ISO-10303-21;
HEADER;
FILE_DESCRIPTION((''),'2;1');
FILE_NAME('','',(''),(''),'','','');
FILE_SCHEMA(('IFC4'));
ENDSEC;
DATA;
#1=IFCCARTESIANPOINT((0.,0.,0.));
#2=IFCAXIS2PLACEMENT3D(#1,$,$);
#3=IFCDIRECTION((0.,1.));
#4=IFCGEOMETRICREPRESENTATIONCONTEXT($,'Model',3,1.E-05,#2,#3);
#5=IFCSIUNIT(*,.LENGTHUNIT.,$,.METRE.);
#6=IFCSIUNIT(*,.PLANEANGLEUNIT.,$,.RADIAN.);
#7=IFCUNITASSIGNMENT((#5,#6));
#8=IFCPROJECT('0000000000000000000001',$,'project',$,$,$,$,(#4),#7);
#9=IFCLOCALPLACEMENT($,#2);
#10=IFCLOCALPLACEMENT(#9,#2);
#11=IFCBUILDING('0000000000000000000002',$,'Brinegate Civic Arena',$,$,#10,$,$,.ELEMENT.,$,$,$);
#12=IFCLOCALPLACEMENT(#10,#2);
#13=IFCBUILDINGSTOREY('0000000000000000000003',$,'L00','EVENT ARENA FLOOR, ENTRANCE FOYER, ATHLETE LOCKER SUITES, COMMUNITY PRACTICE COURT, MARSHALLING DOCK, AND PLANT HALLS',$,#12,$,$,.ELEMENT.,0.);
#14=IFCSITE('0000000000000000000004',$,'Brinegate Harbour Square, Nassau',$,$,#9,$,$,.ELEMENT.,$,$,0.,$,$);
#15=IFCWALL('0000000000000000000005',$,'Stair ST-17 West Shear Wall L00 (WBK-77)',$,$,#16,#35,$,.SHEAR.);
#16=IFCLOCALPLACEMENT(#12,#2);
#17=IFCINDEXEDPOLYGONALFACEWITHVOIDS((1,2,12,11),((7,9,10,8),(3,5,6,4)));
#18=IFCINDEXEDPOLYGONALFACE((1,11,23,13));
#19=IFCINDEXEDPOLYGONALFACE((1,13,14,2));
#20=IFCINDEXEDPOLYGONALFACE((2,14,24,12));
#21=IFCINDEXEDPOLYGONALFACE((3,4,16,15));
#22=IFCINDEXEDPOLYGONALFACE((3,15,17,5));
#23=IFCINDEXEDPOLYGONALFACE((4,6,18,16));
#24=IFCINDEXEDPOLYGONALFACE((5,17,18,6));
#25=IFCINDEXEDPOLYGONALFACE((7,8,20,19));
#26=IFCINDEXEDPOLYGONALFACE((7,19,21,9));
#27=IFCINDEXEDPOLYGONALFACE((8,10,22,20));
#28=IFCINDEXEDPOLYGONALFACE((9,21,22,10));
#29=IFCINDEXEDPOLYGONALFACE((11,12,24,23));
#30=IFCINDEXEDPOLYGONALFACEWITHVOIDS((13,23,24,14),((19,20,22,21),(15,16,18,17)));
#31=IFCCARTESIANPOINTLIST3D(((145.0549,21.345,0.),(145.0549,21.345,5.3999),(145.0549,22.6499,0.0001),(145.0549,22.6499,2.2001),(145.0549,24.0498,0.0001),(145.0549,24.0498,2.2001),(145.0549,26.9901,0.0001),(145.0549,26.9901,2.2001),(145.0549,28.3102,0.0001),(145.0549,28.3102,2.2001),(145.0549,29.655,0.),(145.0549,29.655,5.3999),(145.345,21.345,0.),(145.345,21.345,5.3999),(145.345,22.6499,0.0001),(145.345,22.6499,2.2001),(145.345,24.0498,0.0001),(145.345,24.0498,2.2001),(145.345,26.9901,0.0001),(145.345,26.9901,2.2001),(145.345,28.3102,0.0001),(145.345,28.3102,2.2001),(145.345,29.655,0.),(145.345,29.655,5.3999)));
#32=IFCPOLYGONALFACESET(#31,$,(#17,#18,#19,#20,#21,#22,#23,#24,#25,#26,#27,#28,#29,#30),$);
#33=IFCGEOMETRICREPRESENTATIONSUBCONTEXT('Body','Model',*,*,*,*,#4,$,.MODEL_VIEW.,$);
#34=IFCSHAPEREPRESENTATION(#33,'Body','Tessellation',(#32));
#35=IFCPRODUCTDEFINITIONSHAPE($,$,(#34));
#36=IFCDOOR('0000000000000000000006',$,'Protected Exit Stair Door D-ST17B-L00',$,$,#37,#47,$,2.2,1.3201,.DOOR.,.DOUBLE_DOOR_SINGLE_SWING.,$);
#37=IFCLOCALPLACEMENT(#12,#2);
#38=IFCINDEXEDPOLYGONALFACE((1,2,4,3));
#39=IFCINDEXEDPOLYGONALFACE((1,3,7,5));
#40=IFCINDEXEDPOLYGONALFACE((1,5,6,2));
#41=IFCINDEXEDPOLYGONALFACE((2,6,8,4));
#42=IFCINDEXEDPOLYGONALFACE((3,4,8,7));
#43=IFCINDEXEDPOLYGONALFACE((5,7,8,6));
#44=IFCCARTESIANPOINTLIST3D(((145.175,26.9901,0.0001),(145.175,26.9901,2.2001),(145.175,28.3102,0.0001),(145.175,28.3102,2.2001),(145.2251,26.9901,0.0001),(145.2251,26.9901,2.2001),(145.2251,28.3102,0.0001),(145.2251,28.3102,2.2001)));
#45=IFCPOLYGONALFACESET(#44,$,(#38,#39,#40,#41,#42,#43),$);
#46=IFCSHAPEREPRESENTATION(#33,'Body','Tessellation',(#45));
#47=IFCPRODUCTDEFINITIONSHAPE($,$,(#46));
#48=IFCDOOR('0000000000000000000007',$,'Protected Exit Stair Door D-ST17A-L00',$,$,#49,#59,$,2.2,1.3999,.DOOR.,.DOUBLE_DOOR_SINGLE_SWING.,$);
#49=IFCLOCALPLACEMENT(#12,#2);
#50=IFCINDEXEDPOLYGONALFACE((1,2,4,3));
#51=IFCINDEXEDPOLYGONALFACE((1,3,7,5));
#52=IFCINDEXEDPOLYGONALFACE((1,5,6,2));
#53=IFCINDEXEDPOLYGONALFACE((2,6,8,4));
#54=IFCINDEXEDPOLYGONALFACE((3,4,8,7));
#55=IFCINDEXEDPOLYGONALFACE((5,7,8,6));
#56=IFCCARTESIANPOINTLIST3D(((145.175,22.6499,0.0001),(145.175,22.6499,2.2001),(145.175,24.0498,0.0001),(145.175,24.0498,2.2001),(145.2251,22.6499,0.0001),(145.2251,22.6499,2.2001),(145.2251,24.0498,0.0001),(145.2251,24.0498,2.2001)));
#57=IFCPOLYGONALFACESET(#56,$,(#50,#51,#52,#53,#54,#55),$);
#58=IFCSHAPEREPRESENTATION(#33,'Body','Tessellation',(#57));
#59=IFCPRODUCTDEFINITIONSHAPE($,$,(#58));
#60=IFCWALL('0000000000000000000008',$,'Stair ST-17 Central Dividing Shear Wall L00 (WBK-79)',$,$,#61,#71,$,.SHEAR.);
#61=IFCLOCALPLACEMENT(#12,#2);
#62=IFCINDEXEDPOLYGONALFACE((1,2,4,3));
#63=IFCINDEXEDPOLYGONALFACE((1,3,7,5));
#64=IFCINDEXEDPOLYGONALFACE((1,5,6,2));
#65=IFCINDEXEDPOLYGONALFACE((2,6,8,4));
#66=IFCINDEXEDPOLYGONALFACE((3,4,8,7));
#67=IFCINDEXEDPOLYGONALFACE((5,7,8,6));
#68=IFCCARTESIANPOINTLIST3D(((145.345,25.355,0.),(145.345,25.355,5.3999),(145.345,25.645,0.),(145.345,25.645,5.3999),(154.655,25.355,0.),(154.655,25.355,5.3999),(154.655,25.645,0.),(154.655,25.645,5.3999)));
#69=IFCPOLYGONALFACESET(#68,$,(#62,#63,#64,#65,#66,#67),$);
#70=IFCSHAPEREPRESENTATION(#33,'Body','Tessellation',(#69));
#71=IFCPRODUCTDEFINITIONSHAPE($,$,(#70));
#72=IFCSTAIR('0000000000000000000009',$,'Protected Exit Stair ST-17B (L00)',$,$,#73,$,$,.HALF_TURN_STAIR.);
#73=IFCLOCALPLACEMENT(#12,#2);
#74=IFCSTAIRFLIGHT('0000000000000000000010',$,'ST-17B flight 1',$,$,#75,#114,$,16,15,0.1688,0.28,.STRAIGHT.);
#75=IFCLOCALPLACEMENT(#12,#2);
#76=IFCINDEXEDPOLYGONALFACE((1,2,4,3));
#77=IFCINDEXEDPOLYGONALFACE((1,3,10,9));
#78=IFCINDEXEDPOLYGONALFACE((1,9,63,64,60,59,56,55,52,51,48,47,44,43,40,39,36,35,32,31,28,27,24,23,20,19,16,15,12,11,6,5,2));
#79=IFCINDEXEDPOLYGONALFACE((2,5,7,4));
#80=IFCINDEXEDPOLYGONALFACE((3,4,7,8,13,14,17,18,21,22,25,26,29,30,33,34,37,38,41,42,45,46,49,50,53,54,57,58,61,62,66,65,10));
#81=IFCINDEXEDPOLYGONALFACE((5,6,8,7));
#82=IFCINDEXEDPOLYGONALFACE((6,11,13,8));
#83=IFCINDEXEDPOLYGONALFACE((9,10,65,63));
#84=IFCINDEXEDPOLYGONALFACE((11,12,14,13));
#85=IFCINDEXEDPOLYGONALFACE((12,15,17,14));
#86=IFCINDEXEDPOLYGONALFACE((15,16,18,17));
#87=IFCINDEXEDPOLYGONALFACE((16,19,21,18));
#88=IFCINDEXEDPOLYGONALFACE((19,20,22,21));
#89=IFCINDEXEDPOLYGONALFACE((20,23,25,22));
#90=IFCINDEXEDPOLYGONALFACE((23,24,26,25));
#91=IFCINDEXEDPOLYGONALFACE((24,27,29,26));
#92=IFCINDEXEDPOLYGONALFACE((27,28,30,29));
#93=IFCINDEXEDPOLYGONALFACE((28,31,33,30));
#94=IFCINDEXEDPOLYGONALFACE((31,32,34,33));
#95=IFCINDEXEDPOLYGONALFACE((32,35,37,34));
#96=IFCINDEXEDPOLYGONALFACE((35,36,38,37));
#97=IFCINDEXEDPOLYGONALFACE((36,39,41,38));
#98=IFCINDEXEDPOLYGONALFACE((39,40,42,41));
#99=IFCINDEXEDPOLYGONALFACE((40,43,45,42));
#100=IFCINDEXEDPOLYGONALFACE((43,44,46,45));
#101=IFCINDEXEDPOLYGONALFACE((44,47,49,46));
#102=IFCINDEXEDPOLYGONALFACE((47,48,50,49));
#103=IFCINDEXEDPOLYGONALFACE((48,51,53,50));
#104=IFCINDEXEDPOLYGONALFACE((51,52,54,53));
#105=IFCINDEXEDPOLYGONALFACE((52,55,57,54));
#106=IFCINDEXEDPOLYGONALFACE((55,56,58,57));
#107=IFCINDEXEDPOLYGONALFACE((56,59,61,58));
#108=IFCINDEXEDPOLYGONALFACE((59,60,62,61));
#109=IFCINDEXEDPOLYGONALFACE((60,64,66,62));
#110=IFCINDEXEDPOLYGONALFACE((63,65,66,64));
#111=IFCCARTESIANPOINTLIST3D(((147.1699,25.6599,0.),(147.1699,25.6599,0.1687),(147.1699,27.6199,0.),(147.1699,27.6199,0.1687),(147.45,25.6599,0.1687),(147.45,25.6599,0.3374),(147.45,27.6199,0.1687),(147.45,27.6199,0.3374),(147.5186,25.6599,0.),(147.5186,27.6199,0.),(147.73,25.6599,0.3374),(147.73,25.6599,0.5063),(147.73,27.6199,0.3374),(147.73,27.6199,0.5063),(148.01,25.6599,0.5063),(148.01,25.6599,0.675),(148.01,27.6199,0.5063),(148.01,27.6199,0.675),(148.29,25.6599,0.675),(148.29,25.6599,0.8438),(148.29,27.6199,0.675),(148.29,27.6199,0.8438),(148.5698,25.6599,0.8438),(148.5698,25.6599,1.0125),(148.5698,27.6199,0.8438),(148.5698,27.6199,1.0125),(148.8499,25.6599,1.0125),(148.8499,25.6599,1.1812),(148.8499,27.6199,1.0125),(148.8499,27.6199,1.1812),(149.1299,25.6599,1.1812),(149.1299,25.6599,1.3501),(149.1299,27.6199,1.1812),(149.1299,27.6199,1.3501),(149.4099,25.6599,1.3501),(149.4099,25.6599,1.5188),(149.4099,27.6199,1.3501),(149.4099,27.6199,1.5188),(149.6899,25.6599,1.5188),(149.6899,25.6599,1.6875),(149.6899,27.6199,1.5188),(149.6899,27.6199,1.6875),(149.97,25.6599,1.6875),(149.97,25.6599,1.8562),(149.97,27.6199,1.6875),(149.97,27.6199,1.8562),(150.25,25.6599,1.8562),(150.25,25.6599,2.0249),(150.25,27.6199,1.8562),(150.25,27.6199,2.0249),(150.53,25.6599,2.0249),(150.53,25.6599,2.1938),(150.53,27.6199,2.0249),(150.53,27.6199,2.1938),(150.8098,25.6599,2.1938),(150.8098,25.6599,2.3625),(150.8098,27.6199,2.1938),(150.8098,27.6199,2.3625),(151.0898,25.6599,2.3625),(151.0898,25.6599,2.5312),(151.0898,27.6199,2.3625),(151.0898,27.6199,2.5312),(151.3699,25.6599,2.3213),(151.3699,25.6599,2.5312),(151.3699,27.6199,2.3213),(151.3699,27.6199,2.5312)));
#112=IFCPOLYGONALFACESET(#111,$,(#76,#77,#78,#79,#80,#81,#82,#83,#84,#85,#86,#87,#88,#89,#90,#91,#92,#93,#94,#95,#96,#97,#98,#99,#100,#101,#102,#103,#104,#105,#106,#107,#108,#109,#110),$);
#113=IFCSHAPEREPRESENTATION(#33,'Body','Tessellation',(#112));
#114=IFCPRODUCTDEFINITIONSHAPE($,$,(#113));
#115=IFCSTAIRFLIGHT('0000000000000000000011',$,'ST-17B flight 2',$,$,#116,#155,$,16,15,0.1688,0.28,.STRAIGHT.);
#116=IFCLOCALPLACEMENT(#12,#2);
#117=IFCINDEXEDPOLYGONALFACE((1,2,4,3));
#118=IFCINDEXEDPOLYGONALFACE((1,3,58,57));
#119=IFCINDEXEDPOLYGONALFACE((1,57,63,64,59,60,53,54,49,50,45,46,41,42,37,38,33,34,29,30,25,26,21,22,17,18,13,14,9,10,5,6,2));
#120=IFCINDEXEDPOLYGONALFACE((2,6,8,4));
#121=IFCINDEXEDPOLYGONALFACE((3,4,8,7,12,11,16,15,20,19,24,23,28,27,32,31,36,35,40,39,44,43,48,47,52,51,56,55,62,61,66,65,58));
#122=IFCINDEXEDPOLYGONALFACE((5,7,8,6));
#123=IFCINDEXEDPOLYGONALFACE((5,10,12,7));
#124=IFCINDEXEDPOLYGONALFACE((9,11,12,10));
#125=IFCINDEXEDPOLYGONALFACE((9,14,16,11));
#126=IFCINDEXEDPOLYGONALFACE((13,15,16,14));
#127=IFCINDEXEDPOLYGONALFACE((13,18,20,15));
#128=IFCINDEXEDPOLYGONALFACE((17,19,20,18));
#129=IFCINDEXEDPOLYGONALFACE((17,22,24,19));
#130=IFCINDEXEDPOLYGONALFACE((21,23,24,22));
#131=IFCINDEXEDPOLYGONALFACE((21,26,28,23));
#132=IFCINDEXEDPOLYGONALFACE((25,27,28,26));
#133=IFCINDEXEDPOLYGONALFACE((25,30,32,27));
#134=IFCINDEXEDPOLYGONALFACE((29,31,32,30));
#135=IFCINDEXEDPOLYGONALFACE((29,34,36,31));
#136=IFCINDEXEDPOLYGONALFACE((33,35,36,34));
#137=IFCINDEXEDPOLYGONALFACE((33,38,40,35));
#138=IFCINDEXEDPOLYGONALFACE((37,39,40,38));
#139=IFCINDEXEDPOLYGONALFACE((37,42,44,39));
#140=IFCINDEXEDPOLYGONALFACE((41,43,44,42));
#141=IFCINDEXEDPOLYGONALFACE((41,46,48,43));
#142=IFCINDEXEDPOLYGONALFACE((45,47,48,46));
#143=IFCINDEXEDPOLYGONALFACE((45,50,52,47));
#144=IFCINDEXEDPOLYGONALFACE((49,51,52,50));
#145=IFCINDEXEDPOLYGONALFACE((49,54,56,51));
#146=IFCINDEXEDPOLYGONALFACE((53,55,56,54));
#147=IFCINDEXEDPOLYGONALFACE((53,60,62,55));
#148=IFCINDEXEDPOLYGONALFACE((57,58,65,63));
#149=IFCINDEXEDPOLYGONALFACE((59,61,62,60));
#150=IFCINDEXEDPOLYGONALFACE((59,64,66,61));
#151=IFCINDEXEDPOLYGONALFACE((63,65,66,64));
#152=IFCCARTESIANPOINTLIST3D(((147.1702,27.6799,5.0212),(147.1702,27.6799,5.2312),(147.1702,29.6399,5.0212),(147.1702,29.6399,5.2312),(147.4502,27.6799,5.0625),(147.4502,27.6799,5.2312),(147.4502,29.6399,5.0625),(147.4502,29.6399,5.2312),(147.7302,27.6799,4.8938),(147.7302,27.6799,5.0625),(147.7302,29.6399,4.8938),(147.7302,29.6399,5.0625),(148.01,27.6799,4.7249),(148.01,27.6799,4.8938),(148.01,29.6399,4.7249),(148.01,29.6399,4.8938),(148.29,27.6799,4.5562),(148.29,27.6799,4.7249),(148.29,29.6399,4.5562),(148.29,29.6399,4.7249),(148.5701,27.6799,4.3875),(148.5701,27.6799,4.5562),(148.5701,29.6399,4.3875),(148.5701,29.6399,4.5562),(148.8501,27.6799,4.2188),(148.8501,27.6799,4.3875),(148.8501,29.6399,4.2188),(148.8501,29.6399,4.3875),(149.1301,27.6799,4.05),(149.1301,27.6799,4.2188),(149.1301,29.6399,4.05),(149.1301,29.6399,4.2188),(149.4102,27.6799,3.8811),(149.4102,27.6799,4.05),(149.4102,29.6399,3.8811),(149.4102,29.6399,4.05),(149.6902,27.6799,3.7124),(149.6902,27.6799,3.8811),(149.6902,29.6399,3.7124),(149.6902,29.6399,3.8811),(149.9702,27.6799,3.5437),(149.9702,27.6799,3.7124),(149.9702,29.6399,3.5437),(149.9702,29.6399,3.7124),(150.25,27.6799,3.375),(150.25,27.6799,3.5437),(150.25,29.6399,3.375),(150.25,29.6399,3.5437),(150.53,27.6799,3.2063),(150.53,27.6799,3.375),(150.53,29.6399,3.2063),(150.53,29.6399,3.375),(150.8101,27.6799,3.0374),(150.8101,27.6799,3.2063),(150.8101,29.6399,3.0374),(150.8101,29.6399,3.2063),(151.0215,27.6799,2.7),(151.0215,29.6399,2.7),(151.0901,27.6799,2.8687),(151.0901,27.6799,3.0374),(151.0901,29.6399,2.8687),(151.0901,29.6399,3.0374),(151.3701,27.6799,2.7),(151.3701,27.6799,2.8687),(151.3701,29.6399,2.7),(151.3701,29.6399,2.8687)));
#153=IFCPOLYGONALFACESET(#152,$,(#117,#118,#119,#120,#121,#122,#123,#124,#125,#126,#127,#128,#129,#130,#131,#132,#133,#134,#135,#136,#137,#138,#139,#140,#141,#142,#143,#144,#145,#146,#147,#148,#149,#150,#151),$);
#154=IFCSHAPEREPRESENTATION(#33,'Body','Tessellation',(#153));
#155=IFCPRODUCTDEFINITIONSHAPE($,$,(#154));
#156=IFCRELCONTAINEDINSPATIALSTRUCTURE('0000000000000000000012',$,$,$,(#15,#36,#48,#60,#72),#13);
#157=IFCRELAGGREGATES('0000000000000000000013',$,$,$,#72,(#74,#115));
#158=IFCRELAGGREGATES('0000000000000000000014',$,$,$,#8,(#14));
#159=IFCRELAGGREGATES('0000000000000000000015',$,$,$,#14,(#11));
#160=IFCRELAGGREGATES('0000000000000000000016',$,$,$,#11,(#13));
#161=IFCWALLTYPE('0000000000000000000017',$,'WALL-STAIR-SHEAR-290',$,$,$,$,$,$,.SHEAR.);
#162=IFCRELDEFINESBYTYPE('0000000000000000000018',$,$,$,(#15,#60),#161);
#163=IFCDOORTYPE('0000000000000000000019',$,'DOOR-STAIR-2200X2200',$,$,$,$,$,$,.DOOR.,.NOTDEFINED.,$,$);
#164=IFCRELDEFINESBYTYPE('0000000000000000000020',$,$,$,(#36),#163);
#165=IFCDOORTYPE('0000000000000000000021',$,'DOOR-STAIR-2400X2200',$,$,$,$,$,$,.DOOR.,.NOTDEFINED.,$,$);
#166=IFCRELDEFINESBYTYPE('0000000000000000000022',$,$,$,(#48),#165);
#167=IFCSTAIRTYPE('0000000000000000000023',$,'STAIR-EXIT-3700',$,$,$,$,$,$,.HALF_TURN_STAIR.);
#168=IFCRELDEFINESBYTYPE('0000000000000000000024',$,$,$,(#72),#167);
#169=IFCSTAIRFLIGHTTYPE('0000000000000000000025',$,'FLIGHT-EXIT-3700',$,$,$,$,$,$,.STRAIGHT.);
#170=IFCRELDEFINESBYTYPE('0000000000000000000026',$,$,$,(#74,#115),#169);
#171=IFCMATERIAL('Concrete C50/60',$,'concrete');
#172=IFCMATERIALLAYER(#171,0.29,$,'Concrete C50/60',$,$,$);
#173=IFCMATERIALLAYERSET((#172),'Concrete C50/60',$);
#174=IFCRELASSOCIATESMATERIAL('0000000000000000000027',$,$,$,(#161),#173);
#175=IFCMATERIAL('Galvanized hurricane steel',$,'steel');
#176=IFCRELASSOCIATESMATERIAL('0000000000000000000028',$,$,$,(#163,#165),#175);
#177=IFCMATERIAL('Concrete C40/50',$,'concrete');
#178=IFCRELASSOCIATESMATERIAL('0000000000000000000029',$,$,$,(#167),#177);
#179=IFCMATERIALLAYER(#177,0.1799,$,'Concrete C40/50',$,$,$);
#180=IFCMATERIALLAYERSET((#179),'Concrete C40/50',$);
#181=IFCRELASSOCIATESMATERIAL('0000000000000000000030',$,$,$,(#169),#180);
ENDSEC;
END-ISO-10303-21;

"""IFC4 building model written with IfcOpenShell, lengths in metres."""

from ifc_helpers import new_model, si_unit, direction, frame, frame_2d, origin, place, context, subcontext, project, spatial, polyline, rectangle, outline, extrude, material, layer, layer_set, type_object, element, fill, aggregate, save


model = new_model("IFC4")

# Units and contexts
model_context = context("Model", 3, precision=1e-05, world=origin(), true_north=direction((0.0, 1.0)))
body_context = subcontext(model_context, "Body", "Model", "MODEL_VIEW")
ifc_project = project(units=[si_unit("LENGTHUNIT", "METRE"), si_unit("PLANEANGLEUNIT", "RADIAN")], contexts=[model_context])

# Site, building, storey
site_placement = place(None, origin())
site = spatial("IfcSite", under=ifc_project, at=site_placement, Name="Brinegate Harbour Square, Nassau", CompositionType="ELEMENT", RefElevation=0.0)
building_placement = place(site_placement, origin())
building = spatial("IfcBuilding", under=site, at=building_placement, Name="Brinegate Civic Arena", CompositionType="ELEMENT")
storey_placement = place(building_placement, origin())
storey = spatial("IfcBuildingStorey", under=building, at=storey_placement, Name="L00", Description="EVENT ARENA FLOOR, ENTRANCE FOYER, ATHLETE LOCKER SUITES, COMMUNITY PRACTICE COURT, MARSHALLING DOCK, AND PLANT HALLS", CompositionType="ELEMENT", Elevation=0.0)

# Shared definitions
ifc_material_1 = material(Name="Concrete C40/50", Category="concrete")

# Shared definitions
ifc_material_2 = material(Name="Concrete C50/60", Category="concrete")

# Shared definitions
ifc_layer_1 = layer(ifc_material_2, 0.29, Name="Concrete C50/60")
ifc_layer_set_1 = layer_set([ifc_layer_1], Name="Concrete C50/60")
wall_type = type_object("IfcWallType", Name="WALL-STAIR-SHEAR-290", PredefinedType="SHEAR", material=ifc_layer_set_1)

# Wall, openings, doors
wall_1_placement = place(storey_placement, frame((145.2, 21.345, 0.0), z_axis=(0.0, 0.0, 1.0), x_axis=(0.0, 1.0, 0.0)))
wall_1 = element("IfcWall", 1, at=wall_1_placement, inside=storey, type_object=wall_type, Name="Stair ST-17 West Shear Wall L00 (WBK-77)", PredefinedType="SHEAR", context=body_context, shape_type="SweptSolid", body=[
    extrude(rectangle(XDim=8.3101, YDim=0.29, at=frame_2d((4.155, 0.0))), origin(), (0.0, 0.0, 1.0), 5.3999),
])
opening_1_placement = place(wall_1_placement, frame((1.3049, 0.0, 0.0)))
opening_1 = element("IfcOpeningElement", 2, at=opening_1_placement, cuts=wall_1, PredefinedType="OPENING", context=body_context, shape_type="SweptSolid", body=[
    extrude(rectangle(XDim=1.3999, YDim=2.2, at=frame_2d((0.7, 1.1001))), frame((0.0, 0.155, 0.0), z_axis=(0.0, -1.0, 0.0), x_axis=(1.0, 0.0, 0.0)), (0.0, 0.0, 1.0), 0.3101),
])
opening_2_placement = place(wall_1_placement, frame((5.645, 0.0, 0.0)))
opening_2 = element("IfcOpeningElement", 3, at=opening_2_placement, cuts=wall_1, PredefinedType="OPENING", context=body_context, shape_type="SweptSolid", body=[
    extrude(rectangle(XDim=1.3201, YDim=2.2, at=frame_2d((0.6602, 1.1001))), frame((0.0, 0.155, 0.0), z_axis=(0.0, -1.0, 0.0), x_axis=(1.0, 0.0, 0.0)), (0.0, 0.0, 1.0), 0.3101),
])
ifc_material_3 = material(Name="Galvanized hurricane steel", Category="steel")
door_type_1 = type_object("IfcDoorType", Name="DOOR-STAIR-2200X2200", OperationType="NOTDEFINED", PredefinedType="DOOR", material=ifc_material_3)
door_1_placement = place(opening_2_placement, origin())
door_1 = element("IfcDoor", 4, at=door_1_placement, inside=storey, type_object=door_type_1, Name="Protected Exit Stair Door D-ST17B-L00", OperationType="DOUBLE_DOOR_SINGLE_SWING", OverallHeight=2.2, OverallWidth=1.3201, PredefinedType="DOOR", context=body_context, shape_type="SweptSolid", body=[
    extrude(rectangle(XDim=1.3201, YDim=2.2, at=frame_2d((0.6602, 1.1001))), frame((0.0, 0.0249, 0.0), z_axis=(0.0, -1.0, 0.0), x_axis=(1.0, 0.0, 0.0)), (0.0, 0.0, 1.0), 0.05),
])
fill(opening_2, door_1)
door_type_2 = type_object("IfcDoorType", Name="DOOR-STAIR-2400X2200", OperationType="NOTDEFINED", PredefinedType="DOOR", material=ifc_material_3)
door_2_placement = place(opening_1_placement, origin())
door_2 = element("IfcDoor", 5, at=door_2_placement, inside=storey, type_object=door_type_2, Name="Protected Exit Stair Door D-ST17A-L00", OperationType="DOUBLE_DOOR_SINGLE_SWING", OverallHeight=2.2, OverallWidth=1.3999, PredefinedType="DOOR", context=body_context, shape_type="SweptSolid", body=[
    extrude(rectangle(XDim=1.3999, YDim=2.2, at=frame_2d((0.7, 1.1001))), frame((0.0, 0.0249, 0.0), z_axis=(0.0, -1.0, 0.0), x_axis=(1.0, 0.0, 0.0)), (0.0, 0.0, 1.0), 0.05),
])
fill(opening_1, door_2)

# Wall
wall_2_placement = place(storey_placement, frame((145.345, 25.5, 0.0), z_axis=(0.0, 0.0, 1.0), x_axis=(1.0, 0.0, 0.0)))
element("IfcWall", 6, at=wall_2_placement, inside=storey, type_object=wall_type, Name="Stair ST-17 Central Dividing Shear Wall L00 (WBK-79)", PredefinedType="SHEAR", context=body_context, shape_type="SweptSolid", body=[
    extrude(rectangle(XDim=9.3101, YDim=0.29, at=frame_2d((4.655, 0.0))), origin(), (0.0, 0.0, 1.0), 5.3999),
])

# Stair, stair flights
stair_type_1 = type_object("IfcStairType", Name="STAIR-EXIT-3700", PredefinedType="HALF_TURN_STAIR", material=ifc_material_1)
stair_1_placement = place(storey_placement, origin())
stair_1 = element("IfcStair", 7, at=stair_1_placement, inside=storey, type_object=stair_type_1, Name="Protected Exit Stair ST-17B (L00)", PredefinedType="HALF_TURN_STAIR")
ifc_layer_2 = layer(ifc_material_1, 0.1799, Name="Concrete C40/50")
ifc_layer_set_2 = layer_set([ifc_layer_2], Name="Concrete C40/50")
stair_flight_type_1 = type_object("IfcStairFlightType", Name="FLIGHT-EXIT-3700", PredefinedType="STRAIGHT", material=ifc_layer_set_2)
stair_flight_1_placement = place(storey_placement, frame((147.1699, 26.6399, 0.0), z_axis=(0.0, 0.0, 1.0), x_axis=(1.0, 0.0, 0.0)))
stair_flight_1 = element("IfcStairFlight", 8, at=stair_flight_1_placement, type_object=stair_flight_type_1, Name="ST-17B flight 1", NumberOfRisers=16, NumberOfTreads=15, PredefinedType="STRAIGHT", RiserHeight=0.1688, TreadLength=0.28, context=body_context, shape_type="SweptSolid", body=[
    extrude(outline(polyline([(0.0, 0.0), (0.0, 0.1687), (0.28, 0.1687), (0.28, 0.3374), (0.5601, 0.3374), (0.5601, 0.5063), (0.8401, 0.5063), (0.8401, 0.675), (1.1201, 0.675), (1.1201, 0.8438), (1.3999, 0.8438), (1.3999, 1.0125), (1.6799, 1.0125), (1.6799, 1.1812), (1.96, 1.1812), (1.96, 1.3501), (2.24, 1.3501), (2.24, 1.5188), (2.52, 1.5188), (2.52, 1.6875), (2.8, 1.6875), (2.8, 1.8562), (3.0801, 1.8562), (3.0801, 2.0249), (3.3601, 2.0249), (3.3601, 2.1938), (3.6399, 2.1938), (3.6399, 2.3625), (3.9199, 2.3625), (3.9199, 2.5312), (4.2, 2.5312), (4.2, 2.7), (4.2, 2.3213), (0.3486, 0.0), (0.0, 0.0)])), frame((0.0, 0.98, 0.0), z_axis=(0.0, -1.0, 0.0), x_axis=(1.0, 0.0, 0.0)), (0.0, 0.0, 1.0), 1.96),
])
stair_flight_2_placement = place(storey_placement, frame((151.3701, 28.6599, 2.7), z_axis=(0.0, 0.0, 1.0), x_axis=(-1.0, 0.0, 0.0)))
stair_flight_2 = element("IfcStairFlight", 9, at=stair_flight_2_placement, type_object=stair_flight_type_1, Name="ST-17B flight 2", NumberOfRisers=16, NumberOfTreads=15, PredefinedType="STRAIGHT", RiserHeight=0.1688, TreadLength=0.28, context=body_context, shape_type="SweptSolid", body=[
    extrude(outline(polyline([(0.0, 0.0), (0.0, 0.1687), (0.28, 0.1687), (0.28, 0.3374), (0.5601, 0.3374), (0.5601, 0.5063), (0.8401, 0.5063), (0.8401, 0.675), (1.1201, 0.675), (1.1201, 0.8438), (1.3999, 0.8438), (1.3999, 1.0125), (1.6799, 1.0125), (1.6799, 1.1812), (1.96, 1.1812), (1.96, 1.3501), (2.24, 1.3501), (2.24, 1.5188), (2.52, 1.5188), (2.52, 1.6875), (2.8, 1.6875), (2.8, 1.8562), (3.0801, 1.8562), (3.0801, 2.0249), (3.3601, 2.0249), (3.3601, 2.1938), (3.6399, 2.1938), (3.6399, 2.3625), (3.9199, 2.3625), (3.9199, 2.5312), (4.2, 2.5312), (4.2, 2.7), (4.2, 2.3213), (0.3486, 0.0), (0.0, 0.0)])), frame((0.0, 0.98, 0.0), z_axis=(0.0, -1.0, 0.0), x_axis=(1.0, 0.0, 0.0)), (0.0, 0.0, 1.0), 1.96),
])
aggregate(stair_1, [stair_flight_1, stair_flight_2])

save(model, "model.ifc")
